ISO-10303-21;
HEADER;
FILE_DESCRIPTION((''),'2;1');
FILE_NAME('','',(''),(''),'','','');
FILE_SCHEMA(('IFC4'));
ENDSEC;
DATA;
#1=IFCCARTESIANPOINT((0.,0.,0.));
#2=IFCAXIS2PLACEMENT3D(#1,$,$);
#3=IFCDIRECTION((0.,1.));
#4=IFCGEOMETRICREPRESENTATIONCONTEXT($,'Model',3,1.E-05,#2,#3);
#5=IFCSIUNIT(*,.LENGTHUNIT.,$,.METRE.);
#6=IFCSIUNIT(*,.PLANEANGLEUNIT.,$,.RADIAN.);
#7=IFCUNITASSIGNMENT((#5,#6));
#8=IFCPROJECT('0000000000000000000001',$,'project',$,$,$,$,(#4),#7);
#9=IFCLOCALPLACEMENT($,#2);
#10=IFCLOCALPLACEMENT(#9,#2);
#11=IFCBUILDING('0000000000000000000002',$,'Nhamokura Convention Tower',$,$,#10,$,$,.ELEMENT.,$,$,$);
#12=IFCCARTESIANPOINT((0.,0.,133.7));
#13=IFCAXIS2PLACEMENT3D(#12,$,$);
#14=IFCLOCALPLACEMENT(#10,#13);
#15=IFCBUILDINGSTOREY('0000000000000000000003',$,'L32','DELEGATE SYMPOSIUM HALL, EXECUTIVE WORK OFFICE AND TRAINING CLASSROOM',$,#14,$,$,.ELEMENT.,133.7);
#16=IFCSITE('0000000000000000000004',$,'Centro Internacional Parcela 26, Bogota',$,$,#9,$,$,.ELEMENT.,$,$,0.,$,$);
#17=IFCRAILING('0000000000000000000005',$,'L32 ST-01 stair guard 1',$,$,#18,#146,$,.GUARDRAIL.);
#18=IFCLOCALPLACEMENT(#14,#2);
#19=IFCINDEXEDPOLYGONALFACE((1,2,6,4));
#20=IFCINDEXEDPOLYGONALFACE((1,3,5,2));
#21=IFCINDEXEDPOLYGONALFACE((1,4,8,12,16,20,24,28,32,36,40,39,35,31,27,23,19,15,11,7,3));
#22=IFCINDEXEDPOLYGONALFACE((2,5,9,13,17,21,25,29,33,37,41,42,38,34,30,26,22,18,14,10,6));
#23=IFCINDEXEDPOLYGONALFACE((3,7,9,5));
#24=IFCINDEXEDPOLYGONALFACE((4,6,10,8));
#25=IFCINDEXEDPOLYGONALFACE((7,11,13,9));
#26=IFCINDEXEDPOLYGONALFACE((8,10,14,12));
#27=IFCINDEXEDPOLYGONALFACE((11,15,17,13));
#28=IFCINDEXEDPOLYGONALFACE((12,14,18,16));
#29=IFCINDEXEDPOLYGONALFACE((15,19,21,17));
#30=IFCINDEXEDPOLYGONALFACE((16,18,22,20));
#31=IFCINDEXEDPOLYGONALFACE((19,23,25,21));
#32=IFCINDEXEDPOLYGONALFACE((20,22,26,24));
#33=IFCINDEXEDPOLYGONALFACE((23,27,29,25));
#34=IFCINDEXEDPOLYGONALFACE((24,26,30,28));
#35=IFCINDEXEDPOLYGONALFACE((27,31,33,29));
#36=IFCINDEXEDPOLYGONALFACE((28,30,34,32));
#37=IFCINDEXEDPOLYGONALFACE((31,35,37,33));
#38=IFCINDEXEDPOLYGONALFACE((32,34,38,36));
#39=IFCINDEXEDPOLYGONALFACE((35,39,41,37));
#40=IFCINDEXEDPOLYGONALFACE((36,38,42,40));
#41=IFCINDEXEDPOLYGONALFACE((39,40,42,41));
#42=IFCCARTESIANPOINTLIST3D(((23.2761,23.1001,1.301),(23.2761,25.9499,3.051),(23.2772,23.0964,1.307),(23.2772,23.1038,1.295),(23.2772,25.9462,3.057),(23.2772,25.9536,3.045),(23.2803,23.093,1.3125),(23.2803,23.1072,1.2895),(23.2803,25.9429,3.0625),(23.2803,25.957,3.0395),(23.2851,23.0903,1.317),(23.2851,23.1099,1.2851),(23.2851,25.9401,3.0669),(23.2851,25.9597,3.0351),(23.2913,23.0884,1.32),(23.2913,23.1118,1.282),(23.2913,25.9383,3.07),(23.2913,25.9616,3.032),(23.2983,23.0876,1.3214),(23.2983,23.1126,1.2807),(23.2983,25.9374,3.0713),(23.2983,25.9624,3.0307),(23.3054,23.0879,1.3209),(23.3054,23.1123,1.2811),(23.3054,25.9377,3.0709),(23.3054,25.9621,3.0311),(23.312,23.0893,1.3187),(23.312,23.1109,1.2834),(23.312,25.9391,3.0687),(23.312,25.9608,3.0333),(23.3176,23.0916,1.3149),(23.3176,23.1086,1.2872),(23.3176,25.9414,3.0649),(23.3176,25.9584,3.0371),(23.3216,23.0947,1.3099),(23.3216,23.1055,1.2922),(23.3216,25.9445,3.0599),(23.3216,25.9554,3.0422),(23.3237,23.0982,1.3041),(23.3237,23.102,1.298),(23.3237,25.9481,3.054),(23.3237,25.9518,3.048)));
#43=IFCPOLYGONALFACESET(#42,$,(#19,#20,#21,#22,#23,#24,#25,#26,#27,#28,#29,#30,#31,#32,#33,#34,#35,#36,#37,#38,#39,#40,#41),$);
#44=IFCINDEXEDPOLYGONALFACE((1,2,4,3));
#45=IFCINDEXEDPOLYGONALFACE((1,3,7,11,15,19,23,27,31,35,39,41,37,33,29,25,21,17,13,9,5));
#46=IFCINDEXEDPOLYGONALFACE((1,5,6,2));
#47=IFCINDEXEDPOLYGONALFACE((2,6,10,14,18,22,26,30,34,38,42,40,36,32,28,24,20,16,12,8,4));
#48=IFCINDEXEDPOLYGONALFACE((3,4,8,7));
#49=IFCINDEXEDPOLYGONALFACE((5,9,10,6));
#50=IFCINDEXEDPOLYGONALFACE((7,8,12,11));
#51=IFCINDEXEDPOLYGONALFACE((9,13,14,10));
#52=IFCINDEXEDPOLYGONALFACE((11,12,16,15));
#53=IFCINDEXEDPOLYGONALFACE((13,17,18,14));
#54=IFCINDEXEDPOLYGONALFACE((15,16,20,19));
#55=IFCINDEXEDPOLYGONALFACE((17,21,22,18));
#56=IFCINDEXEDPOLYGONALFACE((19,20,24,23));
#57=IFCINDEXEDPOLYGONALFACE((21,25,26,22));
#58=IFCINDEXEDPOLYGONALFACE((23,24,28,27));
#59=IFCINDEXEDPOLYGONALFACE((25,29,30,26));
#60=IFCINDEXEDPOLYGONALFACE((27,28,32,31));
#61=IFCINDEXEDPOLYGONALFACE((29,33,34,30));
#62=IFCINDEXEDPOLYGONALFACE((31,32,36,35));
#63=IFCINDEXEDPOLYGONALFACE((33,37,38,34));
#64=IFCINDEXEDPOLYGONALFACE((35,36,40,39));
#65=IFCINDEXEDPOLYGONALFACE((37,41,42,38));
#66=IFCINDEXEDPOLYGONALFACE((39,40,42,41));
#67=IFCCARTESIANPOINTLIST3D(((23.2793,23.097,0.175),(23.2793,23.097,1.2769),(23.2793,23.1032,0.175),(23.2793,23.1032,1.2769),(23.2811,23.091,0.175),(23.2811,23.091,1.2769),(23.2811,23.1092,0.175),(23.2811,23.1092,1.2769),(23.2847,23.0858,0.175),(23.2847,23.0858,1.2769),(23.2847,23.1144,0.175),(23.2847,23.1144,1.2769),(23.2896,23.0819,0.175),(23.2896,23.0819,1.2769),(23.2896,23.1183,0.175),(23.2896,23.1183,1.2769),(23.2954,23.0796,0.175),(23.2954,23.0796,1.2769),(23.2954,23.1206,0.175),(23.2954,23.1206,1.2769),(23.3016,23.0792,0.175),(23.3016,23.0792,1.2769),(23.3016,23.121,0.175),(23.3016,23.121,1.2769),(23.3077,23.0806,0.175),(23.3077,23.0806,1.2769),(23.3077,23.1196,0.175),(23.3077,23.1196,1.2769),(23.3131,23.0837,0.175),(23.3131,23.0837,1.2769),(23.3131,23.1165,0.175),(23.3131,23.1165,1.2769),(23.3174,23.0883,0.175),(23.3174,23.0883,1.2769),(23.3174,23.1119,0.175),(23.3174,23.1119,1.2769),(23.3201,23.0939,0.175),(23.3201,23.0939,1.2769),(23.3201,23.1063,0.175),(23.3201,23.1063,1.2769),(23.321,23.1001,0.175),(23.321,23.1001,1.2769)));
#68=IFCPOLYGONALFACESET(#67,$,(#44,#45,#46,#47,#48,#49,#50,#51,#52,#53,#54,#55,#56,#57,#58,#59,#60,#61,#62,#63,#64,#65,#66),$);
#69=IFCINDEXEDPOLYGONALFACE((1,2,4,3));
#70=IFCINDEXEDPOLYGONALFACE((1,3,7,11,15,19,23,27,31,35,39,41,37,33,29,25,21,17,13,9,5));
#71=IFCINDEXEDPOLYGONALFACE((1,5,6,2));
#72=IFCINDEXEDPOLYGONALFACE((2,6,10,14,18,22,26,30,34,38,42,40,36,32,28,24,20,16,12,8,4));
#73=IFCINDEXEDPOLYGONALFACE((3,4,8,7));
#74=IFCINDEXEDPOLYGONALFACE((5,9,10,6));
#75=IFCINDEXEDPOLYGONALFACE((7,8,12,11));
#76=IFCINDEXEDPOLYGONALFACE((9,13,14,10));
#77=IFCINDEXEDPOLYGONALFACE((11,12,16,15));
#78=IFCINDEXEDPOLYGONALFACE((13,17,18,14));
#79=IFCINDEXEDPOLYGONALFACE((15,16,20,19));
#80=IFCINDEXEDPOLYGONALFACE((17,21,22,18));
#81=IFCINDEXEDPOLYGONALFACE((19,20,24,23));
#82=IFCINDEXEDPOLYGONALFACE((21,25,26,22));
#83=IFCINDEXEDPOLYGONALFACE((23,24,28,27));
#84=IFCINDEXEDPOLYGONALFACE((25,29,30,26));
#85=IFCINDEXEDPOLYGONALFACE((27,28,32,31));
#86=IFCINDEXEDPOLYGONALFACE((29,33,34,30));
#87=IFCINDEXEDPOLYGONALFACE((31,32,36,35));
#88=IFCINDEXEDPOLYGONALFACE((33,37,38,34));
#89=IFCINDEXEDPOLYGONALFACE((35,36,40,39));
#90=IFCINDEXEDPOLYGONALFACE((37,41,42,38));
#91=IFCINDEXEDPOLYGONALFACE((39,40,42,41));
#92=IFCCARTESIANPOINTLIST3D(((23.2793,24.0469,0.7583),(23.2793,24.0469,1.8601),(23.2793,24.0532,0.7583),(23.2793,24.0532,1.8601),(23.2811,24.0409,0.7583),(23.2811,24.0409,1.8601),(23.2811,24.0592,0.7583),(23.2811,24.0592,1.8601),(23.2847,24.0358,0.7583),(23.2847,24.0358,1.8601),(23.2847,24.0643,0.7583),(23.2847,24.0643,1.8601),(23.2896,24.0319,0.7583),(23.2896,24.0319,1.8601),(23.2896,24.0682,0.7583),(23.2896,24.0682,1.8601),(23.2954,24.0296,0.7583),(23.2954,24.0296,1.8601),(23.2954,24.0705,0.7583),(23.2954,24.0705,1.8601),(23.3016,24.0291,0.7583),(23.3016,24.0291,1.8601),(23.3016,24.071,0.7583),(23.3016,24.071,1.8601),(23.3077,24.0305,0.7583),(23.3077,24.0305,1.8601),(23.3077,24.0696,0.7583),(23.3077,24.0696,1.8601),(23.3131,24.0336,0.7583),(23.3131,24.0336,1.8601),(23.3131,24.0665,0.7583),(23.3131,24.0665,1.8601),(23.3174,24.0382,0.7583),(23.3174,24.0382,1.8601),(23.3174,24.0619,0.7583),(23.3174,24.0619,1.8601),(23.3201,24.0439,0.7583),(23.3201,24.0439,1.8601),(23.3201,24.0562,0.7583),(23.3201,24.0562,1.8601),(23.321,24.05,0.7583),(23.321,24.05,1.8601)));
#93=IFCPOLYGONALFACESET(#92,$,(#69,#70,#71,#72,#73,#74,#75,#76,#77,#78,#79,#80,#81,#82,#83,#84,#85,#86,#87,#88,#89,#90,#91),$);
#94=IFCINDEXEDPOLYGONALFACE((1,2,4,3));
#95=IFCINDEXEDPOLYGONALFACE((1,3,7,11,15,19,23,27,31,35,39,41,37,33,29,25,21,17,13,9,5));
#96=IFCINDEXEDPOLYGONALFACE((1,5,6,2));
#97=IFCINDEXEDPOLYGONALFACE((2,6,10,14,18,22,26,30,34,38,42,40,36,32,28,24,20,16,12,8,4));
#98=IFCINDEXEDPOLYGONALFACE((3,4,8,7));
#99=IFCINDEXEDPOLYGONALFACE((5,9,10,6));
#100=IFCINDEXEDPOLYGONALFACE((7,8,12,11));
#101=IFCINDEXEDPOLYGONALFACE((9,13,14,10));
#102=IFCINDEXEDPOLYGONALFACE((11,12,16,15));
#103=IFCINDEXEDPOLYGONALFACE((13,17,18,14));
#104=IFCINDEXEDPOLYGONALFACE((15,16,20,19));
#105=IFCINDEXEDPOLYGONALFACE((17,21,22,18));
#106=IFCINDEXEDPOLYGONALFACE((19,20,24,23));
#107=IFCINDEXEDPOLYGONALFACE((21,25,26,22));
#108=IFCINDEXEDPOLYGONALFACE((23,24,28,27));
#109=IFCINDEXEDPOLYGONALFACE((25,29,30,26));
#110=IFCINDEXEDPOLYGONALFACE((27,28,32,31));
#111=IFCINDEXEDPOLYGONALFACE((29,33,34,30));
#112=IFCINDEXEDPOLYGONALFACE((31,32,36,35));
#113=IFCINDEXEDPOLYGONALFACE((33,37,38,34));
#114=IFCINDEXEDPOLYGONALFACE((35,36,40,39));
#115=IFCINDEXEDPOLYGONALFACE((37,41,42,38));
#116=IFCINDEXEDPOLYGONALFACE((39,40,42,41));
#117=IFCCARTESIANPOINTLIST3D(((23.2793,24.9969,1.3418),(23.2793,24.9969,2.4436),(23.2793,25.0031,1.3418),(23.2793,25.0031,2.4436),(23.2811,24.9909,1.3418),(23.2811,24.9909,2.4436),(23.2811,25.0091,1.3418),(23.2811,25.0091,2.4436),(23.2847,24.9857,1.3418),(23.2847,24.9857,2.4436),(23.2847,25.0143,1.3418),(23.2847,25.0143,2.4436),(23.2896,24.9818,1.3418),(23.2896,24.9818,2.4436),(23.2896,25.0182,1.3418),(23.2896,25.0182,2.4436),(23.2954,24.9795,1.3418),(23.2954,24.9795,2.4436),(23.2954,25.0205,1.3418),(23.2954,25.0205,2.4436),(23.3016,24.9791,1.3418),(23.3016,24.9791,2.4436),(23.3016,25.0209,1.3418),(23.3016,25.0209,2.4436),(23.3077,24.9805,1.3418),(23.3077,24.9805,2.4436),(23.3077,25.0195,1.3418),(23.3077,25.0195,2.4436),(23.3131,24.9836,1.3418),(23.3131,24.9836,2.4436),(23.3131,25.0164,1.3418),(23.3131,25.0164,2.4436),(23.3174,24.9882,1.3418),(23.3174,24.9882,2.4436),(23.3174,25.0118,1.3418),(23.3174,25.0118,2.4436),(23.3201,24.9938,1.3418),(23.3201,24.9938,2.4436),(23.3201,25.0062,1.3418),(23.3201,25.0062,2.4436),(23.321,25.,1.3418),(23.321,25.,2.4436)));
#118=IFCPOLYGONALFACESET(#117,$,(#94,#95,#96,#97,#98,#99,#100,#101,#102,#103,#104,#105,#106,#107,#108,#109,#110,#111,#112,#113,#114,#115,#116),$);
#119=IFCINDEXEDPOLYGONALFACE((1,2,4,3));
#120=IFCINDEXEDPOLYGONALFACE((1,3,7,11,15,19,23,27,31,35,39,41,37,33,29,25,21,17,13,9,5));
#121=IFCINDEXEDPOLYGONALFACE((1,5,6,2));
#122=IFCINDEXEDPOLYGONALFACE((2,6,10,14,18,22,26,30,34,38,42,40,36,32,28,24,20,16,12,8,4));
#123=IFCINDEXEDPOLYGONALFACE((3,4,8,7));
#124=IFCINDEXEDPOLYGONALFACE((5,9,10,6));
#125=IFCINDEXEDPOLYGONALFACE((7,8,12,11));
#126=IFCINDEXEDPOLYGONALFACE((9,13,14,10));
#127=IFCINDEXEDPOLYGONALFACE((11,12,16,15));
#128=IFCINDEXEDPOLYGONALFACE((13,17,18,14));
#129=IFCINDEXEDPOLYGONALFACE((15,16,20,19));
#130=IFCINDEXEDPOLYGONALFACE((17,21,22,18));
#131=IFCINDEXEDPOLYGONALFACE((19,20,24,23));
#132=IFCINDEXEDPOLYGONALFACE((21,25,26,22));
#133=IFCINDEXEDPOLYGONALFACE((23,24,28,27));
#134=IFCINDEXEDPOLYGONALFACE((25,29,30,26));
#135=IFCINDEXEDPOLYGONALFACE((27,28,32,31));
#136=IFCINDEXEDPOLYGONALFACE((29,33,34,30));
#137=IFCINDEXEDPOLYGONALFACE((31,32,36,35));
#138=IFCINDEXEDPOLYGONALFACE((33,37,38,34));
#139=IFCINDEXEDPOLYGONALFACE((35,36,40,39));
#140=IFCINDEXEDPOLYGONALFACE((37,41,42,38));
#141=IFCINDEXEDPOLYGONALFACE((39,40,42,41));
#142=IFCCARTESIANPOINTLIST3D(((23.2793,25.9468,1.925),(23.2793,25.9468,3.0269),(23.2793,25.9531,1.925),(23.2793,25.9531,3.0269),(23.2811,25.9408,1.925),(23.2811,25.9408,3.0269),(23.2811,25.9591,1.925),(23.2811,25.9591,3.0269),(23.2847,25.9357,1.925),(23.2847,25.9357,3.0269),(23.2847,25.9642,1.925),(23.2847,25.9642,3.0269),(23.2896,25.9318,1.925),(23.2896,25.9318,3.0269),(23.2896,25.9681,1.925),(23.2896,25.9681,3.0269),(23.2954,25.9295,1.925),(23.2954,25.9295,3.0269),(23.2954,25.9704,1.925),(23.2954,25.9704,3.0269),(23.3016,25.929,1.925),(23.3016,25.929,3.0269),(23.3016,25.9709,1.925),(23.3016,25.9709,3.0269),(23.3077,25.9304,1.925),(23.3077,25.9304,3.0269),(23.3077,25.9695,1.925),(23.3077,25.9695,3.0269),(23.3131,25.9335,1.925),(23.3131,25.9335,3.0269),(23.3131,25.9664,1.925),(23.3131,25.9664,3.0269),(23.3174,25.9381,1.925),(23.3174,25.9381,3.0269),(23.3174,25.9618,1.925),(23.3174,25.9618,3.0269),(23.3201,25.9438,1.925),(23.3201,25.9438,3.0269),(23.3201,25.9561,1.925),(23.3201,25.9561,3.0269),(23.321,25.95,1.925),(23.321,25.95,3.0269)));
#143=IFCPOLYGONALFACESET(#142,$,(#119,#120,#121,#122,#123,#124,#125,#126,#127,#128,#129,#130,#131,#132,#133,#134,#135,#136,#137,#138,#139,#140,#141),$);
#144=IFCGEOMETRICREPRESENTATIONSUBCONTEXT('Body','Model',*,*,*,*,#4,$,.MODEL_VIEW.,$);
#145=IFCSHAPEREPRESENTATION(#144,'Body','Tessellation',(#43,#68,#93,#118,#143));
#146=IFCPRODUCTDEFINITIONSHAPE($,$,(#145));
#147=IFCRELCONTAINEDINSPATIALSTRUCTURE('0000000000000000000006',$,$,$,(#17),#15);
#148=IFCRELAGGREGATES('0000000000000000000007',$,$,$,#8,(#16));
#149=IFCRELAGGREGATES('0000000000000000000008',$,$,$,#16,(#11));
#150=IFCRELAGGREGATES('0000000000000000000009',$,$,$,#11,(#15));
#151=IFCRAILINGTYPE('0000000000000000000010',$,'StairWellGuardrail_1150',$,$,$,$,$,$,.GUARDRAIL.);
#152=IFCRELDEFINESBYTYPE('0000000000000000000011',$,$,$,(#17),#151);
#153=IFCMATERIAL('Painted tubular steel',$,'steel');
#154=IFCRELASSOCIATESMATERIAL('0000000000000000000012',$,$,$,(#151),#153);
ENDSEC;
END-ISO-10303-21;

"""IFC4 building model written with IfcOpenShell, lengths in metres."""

from ifc_helpers import new_model, si_unit, direction, frame, origin, origin_2d, place, context, subcontext, project, spatial, circle, extrude, material, type_object, element, save


model = new_model("IFC4")

# Units and contexts
model_context = context("Model", 3, precision=1e-05, world=origin(), true_north=direction((0.0, 1.0)))
body_context = subcontext(model_context, "Body", "Model", "MODEL_VIEW")
ifc_project = project(units=[si_unit("LENGTHUNIT", "METRE"), si_unit("PLANEANGLEUNIT", "RADIAN")], contexts=[model_context])

# Site, building, storey
site_placement = place(None, origin())
site = spatial("IfcSite", under=ifc_project, at=site_placement, Name="Centro Internacional Parcela 26, Bogota", CompositionType="ELEMENT", RefElevation=0.0)
building_placement = place(site_placement, origin())
building = spatial("IfcBuilding", under=site, at=building_placement, Name="Nhamokura Convention Tower", CompositionType="ELEMENT")
storey_placement = place(building_placement, frame((0.0, 0.0, 133.7)))
storey = spatial("IfcBuildingStorey", under=building, at=storey_placement, Name="L32", Description="DELEGATE SYMPOSIUM HALL, EXECUTIVE WORK OFFICE AND TRAINING CLASSROOM", CompositionType="ELEMENT", Elevation=133.7)

# Railing
ifc_material_1 = material(Name="Painted tubular steel", Category="steel")
railing_type_1 = type_object("IfcRailingType", Name="StairWellGuardrail_1150", PredefinedType="GUARDRAIL", material=ifc_material_1)
railing_1_placement = place(storey_placement, frame((23.3, 23.1001, 0.175)))
element("IfcRailing", 1, at=railing_1_placement, inside=storey, type_object=railing_type_1, Name="L32 ST-01 stair guard 1", PredefinedType="GUARDRAIL", context=body_context, shape_type="SweptSolid", body=[
    extrude(circle(Radius=0.0239, at=origin_2d()), frame((0.0, 0.0, 1.126), z_axis=(0.0, 0.852159, 0.523283), x_axis=(-1.0, 0.0, 0.0)), (0.0, 0.0, 1.0), 3.3442),
    extrude(circle(Radius=0.021, at=origin_2d()), origin(), (0.0, 0.0, 1.0), 1.1018),
    extrude(circle(Radius=0.021, at=origin_2d()), frame((0.0, 0.95, 0.5833)), (0.0, 0.0, 1.0), 1.1018),
    extrude(circle(Radius=0.021, at=origin_2d()), frame((0.0, 1.8999, 1.1667)), (0.0, 0.0, 1.0), 1.1018),
    extrude(circle(Radius=0.021, at=origin_2d()), frame((0.0, 2.8499, 1.75)), (0.0, 0.0, 1.0), 1.1018),
])

save(model, "model.ifc")
